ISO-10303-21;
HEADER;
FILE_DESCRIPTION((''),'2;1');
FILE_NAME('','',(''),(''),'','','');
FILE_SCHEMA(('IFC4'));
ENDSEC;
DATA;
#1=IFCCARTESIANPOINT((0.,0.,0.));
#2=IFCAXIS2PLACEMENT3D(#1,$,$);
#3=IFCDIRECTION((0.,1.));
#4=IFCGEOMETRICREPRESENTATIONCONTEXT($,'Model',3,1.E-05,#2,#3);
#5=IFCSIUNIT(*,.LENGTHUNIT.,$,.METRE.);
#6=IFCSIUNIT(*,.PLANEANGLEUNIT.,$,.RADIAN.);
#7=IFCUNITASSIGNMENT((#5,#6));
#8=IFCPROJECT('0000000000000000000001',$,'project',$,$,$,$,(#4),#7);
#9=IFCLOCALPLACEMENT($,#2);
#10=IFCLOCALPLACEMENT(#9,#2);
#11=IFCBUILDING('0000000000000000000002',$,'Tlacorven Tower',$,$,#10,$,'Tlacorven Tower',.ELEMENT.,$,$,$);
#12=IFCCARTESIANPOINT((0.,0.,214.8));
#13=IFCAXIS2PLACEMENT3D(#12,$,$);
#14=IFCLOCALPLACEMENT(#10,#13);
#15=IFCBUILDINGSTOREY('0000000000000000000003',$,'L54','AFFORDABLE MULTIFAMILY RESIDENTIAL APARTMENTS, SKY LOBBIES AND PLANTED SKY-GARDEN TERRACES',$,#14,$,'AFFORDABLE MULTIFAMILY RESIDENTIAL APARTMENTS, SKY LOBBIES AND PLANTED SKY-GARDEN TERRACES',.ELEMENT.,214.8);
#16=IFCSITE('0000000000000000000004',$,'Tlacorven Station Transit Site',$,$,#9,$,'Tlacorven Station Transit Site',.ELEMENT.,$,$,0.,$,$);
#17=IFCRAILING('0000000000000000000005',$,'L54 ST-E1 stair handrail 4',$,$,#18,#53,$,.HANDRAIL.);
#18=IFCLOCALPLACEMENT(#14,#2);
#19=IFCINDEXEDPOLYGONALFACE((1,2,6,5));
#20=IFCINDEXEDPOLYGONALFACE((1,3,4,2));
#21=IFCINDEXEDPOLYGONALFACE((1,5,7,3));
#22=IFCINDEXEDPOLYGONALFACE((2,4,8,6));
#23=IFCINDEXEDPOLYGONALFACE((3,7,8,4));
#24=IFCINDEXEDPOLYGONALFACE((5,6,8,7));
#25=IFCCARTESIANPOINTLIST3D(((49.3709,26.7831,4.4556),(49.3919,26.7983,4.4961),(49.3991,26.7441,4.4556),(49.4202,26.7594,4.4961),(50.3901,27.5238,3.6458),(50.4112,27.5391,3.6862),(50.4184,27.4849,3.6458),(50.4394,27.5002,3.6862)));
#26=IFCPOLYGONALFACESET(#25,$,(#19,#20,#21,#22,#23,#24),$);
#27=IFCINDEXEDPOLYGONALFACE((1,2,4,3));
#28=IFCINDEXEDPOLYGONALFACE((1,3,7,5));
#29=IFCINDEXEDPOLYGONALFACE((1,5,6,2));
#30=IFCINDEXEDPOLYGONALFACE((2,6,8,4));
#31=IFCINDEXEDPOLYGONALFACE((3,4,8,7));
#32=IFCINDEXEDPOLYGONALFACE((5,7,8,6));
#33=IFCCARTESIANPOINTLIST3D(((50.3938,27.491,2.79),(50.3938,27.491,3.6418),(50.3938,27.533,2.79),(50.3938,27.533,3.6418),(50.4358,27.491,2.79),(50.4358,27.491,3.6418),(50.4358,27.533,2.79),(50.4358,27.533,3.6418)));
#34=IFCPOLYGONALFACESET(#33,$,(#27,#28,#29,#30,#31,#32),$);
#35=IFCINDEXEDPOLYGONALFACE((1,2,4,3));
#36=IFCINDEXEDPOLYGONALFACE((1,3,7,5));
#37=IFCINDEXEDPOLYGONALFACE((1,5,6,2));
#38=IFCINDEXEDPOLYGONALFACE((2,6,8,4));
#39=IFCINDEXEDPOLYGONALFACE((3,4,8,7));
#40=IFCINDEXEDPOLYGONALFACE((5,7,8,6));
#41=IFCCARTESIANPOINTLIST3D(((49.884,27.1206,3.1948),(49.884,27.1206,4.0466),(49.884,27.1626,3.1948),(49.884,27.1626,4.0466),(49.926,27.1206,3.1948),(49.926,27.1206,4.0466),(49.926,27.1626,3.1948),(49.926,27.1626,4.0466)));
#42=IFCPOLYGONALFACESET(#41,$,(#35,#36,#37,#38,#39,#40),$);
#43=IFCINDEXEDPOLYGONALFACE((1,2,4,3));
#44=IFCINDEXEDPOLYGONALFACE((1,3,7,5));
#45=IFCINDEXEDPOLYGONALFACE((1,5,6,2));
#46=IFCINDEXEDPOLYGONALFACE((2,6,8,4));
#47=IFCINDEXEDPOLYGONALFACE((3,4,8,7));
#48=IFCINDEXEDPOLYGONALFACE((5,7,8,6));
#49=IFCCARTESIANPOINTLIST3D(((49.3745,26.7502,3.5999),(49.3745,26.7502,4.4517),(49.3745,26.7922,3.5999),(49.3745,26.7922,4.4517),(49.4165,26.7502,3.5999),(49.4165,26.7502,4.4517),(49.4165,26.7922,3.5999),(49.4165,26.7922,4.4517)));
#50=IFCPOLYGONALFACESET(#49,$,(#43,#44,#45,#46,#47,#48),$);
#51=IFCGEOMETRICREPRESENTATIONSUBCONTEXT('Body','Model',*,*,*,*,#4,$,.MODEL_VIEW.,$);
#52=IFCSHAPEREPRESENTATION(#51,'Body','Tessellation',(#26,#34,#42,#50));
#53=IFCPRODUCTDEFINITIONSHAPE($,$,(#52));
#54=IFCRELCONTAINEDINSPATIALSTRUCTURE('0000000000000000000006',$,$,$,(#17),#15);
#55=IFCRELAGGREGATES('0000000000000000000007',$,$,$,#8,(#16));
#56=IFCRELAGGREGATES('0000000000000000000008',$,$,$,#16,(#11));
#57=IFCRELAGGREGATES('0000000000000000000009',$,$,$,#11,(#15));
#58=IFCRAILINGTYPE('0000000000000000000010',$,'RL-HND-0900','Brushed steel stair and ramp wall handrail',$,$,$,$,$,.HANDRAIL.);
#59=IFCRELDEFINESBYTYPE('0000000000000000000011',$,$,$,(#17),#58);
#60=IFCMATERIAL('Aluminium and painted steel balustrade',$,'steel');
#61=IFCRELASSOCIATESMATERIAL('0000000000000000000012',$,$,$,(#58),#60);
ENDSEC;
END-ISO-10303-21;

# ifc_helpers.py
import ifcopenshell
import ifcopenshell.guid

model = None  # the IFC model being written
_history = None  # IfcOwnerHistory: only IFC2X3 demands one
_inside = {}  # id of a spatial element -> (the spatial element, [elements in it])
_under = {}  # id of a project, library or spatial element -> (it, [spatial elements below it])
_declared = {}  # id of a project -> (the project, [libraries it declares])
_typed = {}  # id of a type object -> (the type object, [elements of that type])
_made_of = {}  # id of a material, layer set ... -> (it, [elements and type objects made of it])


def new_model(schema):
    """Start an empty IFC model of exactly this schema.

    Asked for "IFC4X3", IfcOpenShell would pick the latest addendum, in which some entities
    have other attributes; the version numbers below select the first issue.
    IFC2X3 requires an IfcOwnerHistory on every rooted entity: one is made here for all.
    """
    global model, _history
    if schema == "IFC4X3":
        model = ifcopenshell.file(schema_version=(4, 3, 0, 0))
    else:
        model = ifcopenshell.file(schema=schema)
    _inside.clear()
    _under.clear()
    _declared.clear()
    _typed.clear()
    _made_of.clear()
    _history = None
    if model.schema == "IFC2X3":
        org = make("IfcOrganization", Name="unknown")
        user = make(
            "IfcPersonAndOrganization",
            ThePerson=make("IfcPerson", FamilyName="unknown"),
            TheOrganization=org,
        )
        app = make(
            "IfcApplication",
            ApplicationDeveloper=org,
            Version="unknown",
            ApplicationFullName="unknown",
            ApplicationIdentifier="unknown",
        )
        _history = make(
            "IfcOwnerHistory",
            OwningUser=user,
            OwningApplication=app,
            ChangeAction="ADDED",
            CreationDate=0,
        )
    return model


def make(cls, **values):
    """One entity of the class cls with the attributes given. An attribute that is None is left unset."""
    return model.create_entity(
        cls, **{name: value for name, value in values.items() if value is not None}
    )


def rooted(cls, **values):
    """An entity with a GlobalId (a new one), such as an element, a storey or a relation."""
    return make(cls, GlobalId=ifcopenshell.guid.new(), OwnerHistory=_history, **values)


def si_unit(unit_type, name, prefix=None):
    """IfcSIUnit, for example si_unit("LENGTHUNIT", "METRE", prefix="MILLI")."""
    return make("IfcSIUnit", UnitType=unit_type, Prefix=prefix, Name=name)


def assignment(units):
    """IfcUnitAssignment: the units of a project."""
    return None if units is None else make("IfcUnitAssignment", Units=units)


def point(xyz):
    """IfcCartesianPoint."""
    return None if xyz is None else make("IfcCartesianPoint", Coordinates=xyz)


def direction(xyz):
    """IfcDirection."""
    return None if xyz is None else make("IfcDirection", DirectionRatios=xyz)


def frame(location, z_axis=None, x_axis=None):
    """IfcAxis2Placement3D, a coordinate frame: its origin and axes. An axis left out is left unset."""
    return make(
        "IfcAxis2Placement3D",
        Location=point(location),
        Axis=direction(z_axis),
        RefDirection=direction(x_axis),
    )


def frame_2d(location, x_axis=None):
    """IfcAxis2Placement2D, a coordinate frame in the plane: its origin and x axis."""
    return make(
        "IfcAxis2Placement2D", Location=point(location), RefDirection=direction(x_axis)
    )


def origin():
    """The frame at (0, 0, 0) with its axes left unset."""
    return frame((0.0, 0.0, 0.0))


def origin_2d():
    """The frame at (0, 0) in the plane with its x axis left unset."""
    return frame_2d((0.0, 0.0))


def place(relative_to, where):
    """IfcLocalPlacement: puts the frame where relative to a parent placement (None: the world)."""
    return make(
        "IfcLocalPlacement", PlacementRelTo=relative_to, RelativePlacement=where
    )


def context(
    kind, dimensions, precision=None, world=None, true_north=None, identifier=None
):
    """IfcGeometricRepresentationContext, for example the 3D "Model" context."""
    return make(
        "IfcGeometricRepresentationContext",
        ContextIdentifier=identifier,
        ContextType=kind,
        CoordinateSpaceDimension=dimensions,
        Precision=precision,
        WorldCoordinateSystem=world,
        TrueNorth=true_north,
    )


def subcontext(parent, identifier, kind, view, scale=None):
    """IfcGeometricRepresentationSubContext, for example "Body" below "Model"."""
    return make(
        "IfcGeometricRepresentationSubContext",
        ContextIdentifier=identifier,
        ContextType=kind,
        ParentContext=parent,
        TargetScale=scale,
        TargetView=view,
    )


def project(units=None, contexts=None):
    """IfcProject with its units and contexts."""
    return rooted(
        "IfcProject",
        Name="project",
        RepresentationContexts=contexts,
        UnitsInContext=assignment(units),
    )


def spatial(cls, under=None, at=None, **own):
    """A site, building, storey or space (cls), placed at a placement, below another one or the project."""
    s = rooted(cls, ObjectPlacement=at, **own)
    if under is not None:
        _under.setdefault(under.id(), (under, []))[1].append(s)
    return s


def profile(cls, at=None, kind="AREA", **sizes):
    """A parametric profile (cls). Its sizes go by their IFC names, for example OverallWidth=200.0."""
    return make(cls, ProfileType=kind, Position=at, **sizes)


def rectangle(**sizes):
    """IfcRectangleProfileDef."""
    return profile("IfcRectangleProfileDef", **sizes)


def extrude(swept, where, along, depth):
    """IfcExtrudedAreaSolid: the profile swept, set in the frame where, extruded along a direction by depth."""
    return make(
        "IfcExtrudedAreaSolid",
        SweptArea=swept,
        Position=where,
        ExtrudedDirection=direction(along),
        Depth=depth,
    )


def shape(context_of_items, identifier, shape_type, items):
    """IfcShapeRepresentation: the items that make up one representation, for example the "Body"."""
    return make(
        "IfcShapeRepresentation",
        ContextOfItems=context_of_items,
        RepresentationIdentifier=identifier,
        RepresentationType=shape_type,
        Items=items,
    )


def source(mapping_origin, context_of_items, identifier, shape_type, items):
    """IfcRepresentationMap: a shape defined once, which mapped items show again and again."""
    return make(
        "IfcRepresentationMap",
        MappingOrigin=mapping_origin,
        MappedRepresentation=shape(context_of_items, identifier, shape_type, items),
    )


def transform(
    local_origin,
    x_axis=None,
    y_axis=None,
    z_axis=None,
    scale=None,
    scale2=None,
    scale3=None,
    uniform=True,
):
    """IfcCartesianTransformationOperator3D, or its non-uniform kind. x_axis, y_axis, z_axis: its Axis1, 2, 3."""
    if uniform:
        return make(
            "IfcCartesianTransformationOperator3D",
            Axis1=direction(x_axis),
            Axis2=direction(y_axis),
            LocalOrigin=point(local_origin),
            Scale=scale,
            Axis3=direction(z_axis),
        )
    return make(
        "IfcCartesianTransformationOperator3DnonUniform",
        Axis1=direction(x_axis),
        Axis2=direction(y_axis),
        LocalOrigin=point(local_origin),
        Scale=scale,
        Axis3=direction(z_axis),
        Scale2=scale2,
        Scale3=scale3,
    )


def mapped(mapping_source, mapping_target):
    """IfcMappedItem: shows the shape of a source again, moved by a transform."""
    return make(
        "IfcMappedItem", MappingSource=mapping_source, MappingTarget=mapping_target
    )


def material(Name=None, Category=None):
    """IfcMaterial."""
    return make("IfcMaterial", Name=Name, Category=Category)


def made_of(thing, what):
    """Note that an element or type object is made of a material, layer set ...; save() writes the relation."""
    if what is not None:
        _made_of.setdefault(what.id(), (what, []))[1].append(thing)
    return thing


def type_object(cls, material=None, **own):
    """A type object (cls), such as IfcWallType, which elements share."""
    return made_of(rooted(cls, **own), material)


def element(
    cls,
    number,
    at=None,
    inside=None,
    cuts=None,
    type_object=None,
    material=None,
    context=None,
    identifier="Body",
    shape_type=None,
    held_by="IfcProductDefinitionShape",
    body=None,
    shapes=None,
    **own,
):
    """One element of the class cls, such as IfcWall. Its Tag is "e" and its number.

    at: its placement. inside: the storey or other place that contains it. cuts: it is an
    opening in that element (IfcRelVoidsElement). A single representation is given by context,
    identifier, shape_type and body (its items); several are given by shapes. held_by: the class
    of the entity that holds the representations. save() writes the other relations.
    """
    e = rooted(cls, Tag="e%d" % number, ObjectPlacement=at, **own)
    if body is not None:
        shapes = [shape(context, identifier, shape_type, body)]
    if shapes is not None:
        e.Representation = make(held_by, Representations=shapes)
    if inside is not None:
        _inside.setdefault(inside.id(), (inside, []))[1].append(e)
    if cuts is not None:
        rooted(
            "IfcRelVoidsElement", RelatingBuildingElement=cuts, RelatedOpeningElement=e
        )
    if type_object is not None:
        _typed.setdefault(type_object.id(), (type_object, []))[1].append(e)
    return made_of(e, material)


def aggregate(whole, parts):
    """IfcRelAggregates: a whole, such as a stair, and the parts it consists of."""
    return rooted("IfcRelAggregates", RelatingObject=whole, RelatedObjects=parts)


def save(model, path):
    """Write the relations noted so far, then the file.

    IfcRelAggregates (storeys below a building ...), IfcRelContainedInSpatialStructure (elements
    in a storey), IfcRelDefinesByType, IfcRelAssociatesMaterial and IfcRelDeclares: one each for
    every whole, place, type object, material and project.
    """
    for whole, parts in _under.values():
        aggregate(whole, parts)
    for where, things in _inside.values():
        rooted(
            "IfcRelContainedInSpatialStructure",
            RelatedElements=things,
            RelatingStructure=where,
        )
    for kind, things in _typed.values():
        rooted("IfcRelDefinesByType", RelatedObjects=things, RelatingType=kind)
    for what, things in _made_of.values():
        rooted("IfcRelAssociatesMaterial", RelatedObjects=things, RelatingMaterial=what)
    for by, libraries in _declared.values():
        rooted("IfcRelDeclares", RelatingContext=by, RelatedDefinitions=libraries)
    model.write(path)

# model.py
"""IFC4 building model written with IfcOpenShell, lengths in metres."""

from ifc_helpers import new_model, si_unit, direction, frame, origin, origin_2d, place, context, subcontext, project, spatial, rectangle, extrude, source, transform, mapped, material, type_object, element, save


model = new_model("IFC4")

# Units and contexts
model_context = context("Model", 3, precision=1e-05, world=origin(), true_north=direction((0.0, 1.0)))
body_context = subcontext(model_context, "Body", "Model", "MODEL_VIEW")
ifc_project = project(units=[si_unit("LENGTHUNIT", "METRE"), si_unit("PLANEANGLEUNIT", "RADIAN")], contexts=[model_context])

# Site, building, storey
site_placement = place(None, origin())
site = spatial("IfcSite", under=ifc_project, at=site_placement, Name="Tlacorven Station Transit Site", LongName="Tlacorven Station Transit Site", CompositionType="ELEMENT", RefElevation=0.0)
building_placement = place(site_placement, origin())
building = spatial("IfcBuilding", under=site, at=building_placement, Name="Tlacorven Tower", LongName="Tlacorven Tower", CompositionType="ELEMENT")
storey_placement = place(building_placement, frame((0.0, 0.0, 214.8)))
storey = spatial("IfcBuildingStorey", under=building, at=storey_placement, Name="L54", Description="AFFORDABLE MULTIFAMILY RESIDENTIAL APARTMENTS, SKY LOBBIES AND PLANTED SKY-GARDEN TERRACES", LongName="AFFORDABLE MULTIFAMILY RESIDENTIAL APARTMENTS, SKY LOBBIES AND PLANTED SKY-GARDEN TERRACES", CompositionType="ELEMENT", Elevation=214.8)

# Shared definitions
ifc_material_1 = material(Name="Aluminium and painted steel balustrade", Category="steel")

# Railing
railing_type_1 = type_object("IfcRailingType", Name="RL-HND-0900", Description="Brushed steel stair and ramp wall handrail", PredefinedType="HANDRAIL", material=ifc_material_1)
shared_shape_1 = source(origin(), body_context, "Body", "SweptSolid", [
    extrude(rectangle(XDim=0.0481, YDim=0.0481, at=origin_2d()), frame((0.0, 0.0, 0.876), z_axis=(-0.680521, -0.494539, 0.540668), x_axis=(0.587872, -0.808954, 0.0)), (0.0, 0.0, 1.0), 1.4978),
    extrude(rectangle(XDim=0.042, YDim=0.042, at=origin_2d()), origin(), (0.0, 0.0, 1.0), 0.8518),
    extrude(rectangle(XDim=0.042, YDim=0.042, at=origin_2d()), frame((-0.5098, -0.3704, 0.4048)), (0.0, 0.0, 1.0), 0.8518),
    extrude(rectangle(XDim=0.042, YDim=0.042, at=origin_2d()), frame((-1.0193, -0.7407, 0.8098)), (0.0, 0.0, 1.0), 0.8518),
])
railing_1_placement = place(storey_placement, frame((50.4148, 27.512, 2.79)))
element("IfcRailing", 1, at=railing_1_placement, inside=storey, type_object=railing_type_1, Name="L54 ST-E1 stair handrail 4", PredefinedType="HANDRAIL", context=body_context, shape_type="MappedRepresentation", body=[
    mapped(shared_shape_1, transform((0.0, 0.0, 0.0), scale=1.0)),
])

save(model, "model.ifc")
